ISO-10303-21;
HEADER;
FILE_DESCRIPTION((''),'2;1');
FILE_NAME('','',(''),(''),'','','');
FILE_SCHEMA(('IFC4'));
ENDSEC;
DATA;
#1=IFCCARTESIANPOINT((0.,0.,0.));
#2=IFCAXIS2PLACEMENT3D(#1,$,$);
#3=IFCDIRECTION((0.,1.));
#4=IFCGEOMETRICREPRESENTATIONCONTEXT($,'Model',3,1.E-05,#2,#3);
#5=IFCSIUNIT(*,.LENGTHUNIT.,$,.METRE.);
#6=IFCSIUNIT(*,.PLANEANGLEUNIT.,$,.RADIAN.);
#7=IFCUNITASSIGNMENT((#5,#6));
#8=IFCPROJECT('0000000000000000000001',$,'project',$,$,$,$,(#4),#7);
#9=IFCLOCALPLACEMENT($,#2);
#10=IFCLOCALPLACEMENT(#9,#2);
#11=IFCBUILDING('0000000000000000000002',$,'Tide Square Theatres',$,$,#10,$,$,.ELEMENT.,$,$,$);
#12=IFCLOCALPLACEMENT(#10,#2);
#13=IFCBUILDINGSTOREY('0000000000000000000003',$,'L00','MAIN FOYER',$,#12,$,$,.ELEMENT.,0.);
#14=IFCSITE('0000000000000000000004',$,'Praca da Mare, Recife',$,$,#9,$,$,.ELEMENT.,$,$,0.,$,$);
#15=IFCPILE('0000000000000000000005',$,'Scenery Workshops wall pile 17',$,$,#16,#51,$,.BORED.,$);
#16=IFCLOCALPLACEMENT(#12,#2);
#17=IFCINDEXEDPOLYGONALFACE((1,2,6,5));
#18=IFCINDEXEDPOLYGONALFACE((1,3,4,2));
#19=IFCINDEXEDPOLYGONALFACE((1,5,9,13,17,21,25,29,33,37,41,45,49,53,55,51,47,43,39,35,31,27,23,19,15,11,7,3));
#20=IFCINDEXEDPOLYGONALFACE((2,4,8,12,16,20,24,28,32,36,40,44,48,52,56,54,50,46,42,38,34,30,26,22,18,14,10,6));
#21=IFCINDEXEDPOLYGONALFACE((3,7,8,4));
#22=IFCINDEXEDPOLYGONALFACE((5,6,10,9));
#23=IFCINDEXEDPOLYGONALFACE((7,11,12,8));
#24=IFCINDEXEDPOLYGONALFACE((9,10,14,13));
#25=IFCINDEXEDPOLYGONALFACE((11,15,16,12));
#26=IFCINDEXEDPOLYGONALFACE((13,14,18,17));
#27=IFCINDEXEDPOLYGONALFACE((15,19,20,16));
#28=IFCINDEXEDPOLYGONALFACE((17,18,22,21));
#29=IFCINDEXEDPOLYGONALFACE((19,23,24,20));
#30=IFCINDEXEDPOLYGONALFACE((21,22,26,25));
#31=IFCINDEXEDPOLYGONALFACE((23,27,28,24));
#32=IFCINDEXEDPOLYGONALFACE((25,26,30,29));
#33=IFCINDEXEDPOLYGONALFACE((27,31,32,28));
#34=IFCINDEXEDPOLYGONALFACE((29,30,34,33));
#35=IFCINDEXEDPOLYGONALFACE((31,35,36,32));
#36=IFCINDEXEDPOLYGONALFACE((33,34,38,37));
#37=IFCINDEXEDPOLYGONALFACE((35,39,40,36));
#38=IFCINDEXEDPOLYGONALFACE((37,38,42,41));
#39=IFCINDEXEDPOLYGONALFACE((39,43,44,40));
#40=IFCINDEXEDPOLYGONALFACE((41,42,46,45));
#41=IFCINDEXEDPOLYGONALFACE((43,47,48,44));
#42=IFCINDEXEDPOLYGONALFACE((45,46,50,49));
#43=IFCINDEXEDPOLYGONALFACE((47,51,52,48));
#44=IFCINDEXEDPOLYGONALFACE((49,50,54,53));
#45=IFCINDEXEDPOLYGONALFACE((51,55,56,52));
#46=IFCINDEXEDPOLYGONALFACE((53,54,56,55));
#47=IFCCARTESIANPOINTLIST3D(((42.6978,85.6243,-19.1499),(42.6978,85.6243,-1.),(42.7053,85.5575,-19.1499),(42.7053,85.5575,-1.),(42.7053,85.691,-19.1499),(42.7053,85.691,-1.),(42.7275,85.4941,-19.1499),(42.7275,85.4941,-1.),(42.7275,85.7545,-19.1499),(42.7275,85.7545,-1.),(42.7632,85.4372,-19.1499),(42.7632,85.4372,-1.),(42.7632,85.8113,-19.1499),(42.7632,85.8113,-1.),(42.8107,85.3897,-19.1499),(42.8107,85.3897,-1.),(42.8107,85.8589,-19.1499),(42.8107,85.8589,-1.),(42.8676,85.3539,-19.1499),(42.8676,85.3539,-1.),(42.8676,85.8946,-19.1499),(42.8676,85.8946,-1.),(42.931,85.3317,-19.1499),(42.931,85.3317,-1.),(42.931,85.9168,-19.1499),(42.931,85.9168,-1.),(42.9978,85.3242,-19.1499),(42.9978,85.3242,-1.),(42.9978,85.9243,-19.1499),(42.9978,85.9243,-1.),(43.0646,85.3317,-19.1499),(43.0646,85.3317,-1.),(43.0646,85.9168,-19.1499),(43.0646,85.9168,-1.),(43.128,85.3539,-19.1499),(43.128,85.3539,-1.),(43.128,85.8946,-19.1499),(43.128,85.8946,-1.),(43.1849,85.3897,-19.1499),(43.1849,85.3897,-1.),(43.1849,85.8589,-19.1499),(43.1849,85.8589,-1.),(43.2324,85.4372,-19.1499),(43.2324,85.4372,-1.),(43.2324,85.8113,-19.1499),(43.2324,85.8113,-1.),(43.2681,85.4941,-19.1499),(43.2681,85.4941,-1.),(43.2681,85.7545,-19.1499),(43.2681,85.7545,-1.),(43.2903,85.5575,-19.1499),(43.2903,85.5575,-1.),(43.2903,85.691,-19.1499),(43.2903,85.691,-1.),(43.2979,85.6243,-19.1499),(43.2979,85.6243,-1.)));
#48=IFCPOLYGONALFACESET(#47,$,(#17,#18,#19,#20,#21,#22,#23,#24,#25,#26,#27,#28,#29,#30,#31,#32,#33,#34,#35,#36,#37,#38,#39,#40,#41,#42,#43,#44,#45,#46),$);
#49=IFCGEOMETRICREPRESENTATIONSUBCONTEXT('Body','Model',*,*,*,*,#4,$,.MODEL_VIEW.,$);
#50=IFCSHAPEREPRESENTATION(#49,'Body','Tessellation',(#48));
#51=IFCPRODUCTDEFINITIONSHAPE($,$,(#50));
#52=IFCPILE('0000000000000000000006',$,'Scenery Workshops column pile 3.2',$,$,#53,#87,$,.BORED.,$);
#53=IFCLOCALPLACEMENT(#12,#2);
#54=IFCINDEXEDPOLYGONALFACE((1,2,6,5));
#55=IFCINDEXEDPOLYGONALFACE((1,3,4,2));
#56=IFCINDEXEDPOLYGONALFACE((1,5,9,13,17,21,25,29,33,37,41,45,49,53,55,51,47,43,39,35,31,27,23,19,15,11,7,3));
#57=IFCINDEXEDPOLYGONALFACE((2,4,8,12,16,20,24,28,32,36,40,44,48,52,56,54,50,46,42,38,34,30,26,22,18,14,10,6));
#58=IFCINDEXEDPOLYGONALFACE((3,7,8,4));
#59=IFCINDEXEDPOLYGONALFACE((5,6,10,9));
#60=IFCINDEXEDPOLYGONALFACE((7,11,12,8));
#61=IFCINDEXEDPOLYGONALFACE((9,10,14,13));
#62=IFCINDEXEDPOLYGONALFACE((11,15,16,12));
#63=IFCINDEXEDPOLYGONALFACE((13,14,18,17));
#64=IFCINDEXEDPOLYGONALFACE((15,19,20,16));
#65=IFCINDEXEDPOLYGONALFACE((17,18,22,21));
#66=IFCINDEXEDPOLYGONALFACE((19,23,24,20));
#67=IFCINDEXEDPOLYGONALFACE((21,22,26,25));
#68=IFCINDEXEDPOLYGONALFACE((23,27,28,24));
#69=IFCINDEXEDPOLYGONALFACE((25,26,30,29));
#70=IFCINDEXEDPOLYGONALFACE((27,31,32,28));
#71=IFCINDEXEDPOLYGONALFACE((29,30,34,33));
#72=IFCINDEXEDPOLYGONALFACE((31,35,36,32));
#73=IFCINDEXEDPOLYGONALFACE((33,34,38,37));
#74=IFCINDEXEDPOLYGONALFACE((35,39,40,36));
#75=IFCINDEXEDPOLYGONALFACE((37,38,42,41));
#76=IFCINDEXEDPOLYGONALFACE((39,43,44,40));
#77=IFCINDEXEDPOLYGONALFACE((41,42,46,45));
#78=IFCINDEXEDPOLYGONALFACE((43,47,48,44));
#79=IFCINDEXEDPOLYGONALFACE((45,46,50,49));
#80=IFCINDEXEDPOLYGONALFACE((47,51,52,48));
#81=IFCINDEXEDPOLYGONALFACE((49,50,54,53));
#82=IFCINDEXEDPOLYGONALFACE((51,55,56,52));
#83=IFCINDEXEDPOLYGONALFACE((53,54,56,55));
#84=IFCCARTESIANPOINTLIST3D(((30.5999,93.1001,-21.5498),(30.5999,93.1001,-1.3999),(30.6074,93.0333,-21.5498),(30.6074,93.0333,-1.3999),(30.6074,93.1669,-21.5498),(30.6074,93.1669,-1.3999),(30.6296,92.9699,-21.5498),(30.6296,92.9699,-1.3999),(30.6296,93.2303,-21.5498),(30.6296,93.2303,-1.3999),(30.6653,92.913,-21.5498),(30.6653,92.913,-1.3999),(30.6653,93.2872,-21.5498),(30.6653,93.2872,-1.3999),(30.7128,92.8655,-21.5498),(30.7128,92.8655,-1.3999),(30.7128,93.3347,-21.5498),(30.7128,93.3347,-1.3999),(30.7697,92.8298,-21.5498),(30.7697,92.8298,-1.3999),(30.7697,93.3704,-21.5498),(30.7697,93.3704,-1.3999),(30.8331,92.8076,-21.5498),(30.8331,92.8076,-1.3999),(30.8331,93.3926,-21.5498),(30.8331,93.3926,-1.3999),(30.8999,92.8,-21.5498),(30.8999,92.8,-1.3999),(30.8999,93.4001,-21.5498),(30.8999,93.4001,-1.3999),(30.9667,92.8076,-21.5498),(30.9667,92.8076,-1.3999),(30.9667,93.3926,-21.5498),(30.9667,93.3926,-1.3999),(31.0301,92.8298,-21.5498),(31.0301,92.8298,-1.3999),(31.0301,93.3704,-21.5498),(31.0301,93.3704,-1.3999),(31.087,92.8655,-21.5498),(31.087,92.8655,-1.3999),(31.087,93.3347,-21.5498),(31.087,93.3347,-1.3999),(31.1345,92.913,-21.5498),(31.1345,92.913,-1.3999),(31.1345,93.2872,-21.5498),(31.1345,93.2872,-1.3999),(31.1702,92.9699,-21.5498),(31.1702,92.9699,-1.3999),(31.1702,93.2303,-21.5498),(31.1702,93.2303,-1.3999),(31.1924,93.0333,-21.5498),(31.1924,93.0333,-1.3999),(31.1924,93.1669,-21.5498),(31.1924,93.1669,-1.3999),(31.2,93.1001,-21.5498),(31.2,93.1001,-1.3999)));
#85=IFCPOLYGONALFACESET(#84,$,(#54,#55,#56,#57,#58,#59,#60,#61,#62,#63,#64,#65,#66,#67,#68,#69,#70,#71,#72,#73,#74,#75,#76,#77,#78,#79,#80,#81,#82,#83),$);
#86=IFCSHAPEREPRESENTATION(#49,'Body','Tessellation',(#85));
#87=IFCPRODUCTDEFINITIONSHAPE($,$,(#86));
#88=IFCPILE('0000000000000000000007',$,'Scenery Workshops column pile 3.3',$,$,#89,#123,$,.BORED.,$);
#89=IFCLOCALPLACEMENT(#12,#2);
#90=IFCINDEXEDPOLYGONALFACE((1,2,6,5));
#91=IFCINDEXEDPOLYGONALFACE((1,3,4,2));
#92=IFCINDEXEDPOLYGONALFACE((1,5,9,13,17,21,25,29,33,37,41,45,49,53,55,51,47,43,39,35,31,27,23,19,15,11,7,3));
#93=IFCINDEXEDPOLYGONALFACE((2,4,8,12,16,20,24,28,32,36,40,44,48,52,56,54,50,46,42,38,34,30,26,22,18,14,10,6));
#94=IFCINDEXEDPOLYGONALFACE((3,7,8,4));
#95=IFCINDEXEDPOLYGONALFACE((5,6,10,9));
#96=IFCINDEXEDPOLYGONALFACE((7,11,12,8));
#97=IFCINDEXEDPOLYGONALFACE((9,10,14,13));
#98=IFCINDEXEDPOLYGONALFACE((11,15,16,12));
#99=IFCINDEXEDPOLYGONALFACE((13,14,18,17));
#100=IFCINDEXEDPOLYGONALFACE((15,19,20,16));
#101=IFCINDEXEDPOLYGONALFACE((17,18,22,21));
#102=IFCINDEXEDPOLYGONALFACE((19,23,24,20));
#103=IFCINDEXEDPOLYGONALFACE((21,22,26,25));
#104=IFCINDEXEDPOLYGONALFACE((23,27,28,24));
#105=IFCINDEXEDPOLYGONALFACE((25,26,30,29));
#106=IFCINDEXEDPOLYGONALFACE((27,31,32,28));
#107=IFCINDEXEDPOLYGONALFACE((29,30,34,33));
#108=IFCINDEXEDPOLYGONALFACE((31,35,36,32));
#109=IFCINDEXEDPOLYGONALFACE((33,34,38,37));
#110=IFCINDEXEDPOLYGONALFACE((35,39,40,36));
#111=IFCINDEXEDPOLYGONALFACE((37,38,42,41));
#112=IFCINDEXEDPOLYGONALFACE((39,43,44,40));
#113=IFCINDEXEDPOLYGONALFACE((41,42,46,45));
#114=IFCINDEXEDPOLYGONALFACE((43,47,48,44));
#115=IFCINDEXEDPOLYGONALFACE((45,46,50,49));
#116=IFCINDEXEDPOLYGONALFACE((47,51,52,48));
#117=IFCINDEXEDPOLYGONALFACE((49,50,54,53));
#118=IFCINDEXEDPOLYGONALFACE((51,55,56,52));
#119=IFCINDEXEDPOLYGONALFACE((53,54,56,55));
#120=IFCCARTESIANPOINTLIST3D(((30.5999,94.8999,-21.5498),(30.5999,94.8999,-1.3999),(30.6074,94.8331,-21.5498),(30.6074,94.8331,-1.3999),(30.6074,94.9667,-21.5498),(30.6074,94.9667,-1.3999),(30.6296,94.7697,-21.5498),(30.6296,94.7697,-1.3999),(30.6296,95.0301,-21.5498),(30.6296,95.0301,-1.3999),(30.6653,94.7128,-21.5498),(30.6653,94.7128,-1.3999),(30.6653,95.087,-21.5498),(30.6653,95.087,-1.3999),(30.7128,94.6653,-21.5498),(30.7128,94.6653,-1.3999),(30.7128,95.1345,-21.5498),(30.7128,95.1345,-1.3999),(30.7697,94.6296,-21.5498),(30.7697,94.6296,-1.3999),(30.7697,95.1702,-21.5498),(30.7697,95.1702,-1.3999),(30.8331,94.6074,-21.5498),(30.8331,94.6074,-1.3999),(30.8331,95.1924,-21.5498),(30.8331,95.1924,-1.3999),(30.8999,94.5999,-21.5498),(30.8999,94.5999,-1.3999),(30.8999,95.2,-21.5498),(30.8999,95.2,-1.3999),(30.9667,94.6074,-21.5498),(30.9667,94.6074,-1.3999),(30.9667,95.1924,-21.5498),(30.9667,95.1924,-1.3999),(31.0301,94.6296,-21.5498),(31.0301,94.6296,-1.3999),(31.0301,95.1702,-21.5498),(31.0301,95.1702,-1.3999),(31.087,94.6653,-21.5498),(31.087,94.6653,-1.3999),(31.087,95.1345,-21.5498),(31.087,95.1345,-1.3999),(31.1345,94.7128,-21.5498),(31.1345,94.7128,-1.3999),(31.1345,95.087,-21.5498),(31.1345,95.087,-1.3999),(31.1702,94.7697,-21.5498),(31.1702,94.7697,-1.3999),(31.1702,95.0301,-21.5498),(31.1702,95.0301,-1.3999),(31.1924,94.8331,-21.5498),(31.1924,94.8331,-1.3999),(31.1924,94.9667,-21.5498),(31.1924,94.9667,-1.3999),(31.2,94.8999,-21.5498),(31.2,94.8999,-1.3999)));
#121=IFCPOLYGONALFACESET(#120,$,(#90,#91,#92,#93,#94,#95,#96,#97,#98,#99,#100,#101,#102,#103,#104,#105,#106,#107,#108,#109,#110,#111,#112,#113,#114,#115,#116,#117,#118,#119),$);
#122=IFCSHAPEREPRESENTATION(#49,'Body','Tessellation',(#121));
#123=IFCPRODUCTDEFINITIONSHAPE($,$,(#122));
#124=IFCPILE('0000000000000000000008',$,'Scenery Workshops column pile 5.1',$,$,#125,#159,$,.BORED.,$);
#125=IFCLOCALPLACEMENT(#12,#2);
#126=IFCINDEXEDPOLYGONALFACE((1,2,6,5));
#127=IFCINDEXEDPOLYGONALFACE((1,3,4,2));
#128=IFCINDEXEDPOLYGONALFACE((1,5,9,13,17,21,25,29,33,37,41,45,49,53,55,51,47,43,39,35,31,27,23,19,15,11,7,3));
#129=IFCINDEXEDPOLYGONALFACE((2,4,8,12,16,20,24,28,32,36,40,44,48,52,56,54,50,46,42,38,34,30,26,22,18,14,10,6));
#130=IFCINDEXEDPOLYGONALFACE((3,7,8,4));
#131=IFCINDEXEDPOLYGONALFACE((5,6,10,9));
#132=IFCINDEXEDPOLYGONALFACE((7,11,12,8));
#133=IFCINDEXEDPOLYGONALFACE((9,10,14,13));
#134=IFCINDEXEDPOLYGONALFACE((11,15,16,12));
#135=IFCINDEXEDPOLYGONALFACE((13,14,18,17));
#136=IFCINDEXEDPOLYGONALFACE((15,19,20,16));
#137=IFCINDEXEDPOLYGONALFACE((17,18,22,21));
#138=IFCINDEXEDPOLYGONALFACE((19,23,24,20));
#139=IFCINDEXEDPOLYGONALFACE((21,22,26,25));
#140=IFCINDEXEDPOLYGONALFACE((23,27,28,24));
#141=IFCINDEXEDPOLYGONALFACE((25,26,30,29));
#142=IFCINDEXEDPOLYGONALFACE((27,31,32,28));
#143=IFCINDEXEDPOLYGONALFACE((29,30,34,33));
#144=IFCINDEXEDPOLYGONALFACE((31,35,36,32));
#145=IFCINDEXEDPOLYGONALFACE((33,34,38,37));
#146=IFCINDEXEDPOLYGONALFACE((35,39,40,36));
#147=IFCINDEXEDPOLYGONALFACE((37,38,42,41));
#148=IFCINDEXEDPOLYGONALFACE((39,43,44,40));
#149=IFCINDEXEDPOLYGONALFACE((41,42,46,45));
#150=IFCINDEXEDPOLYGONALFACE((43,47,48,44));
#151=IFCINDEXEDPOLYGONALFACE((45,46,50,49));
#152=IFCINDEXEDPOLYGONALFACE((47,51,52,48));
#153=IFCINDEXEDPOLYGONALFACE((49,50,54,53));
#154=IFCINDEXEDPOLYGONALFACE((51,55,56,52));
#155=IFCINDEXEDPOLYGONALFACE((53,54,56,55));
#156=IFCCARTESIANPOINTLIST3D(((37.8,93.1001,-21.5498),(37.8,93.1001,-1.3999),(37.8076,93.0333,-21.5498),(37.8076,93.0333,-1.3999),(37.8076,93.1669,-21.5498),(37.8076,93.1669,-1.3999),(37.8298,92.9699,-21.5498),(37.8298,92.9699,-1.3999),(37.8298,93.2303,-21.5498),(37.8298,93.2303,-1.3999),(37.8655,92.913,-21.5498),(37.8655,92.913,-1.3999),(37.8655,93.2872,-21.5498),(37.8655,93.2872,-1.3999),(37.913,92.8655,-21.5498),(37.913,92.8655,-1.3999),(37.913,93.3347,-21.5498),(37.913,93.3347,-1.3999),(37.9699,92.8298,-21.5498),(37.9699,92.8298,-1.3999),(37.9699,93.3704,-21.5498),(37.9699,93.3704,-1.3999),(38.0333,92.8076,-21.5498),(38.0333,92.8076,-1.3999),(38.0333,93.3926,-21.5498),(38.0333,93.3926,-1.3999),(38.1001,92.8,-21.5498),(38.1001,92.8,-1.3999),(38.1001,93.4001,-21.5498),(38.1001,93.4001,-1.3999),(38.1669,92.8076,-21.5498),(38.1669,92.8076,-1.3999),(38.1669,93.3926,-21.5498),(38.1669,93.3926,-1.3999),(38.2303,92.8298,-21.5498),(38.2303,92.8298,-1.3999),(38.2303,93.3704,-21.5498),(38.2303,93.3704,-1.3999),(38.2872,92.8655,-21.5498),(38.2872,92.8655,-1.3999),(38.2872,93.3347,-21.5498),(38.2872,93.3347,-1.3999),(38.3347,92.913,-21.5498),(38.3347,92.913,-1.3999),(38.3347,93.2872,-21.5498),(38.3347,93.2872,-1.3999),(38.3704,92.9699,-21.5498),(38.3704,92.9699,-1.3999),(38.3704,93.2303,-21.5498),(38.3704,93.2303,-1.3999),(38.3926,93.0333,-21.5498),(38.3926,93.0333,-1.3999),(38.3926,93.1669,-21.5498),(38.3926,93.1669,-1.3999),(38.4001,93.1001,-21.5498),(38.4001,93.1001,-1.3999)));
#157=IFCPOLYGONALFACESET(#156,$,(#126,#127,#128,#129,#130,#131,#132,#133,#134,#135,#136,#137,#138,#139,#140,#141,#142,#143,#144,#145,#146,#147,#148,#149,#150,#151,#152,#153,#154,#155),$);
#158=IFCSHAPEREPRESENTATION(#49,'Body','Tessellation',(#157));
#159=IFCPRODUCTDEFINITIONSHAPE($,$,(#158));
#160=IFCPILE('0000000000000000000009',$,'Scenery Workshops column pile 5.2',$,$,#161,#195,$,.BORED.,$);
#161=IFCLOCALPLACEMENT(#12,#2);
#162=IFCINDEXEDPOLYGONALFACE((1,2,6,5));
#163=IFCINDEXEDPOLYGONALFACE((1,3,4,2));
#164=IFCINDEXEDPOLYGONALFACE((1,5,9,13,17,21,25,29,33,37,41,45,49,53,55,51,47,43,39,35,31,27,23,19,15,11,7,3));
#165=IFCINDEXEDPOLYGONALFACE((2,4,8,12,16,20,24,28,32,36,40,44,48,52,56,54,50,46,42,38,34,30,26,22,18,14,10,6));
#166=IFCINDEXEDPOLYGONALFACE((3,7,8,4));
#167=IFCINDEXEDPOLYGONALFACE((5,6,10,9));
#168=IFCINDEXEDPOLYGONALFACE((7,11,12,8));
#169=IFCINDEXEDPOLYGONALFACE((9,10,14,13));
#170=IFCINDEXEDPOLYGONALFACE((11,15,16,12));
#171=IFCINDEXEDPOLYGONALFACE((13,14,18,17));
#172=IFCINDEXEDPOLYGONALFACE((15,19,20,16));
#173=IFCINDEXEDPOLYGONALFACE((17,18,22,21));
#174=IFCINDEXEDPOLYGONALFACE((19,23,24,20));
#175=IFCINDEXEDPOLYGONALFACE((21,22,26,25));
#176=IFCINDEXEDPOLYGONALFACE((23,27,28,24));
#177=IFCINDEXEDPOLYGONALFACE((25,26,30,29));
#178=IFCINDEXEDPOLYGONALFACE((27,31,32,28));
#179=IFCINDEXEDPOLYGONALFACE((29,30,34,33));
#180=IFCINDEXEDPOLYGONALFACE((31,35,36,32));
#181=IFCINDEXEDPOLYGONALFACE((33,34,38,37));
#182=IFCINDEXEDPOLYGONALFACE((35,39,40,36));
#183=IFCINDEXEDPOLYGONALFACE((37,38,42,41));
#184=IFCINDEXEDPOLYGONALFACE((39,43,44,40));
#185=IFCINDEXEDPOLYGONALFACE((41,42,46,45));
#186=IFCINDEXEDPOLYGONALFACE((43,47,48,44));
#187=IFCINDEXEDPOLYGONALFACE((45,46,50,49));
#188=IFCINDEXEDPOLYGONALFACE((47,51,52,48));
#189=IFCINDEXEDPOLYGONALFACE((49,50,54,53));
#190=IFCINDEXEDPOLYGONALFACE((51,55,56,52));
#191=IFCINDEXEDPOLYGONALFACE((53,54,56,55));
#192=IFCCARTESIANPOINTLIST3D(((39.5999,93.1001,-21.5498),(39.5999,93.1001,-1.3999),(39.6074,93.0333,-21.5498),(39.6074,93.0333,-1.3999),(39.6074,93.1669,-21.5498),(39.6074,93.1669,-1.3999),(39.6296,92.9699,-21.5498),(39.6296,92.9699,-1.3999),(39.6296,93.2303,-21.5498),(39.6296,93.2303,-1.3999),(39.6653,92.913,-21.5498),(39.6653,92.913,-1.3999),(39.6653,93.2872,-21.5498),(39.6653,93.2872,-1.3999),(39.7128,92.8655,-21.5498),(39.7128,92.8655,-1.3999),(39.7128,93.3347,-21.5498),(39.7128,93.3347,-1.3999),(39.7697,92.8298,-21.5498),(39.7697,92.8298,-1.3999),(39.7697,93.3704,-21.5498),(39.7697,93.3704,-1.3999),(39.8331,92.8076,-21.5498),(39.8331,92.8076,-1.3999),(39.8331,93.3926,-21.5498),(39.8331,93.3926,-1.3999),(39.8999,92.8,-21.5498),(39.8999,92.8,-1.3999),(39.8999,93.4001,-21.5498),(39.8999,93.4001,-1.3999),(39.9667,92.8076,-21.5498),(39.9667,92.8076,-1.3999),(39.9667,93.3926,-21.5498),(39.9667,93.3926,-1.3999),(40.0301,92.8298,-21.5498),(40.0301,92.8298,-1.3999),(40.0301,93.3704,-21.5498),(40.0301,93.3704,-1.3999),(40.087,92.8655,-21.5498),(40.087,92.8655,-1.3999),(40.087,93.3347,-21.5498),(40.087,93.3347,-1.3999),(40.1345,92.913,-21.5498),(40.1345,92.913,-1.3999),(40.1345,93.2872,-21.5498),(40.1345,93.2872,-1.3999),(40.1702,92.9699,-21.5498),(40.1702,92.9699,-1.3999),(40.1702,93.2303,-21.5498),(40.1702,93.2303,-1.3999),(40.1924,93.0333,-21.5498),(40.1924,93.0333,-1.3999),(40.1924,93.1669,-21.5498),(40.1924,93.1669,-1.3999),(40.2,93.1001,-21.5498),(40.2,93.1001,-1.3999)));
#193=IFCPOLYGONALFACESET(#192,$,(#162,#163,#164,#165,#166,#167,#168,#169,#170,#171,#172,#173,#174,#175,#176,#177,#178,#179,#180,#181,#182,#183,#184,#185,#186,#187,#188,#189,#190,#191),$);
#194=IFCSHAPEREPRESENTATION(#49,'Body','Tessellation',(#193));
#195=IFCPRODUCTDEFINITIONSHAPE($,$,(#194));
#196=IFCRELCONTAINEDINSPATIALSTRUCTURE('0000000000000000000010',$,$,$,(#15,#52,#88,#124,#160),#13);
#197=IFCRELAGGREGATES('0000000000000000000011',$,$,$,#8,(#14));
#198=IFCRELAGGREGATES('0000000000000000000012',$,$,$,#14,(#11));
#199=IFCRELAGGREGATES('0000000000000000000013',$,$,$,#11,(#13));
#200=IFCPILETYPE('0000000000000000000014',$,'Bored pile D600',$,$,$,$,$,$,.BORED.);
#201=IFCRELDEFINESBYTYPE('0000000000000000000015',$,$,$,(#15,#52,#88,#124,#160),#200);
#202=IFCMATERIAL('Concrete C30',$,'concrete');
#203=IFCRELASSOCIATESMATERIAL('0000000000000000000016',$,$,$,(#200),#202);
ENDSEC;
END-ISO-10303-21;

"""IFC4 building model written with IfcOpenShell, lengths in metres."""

from ifc_helpers import new_model, si_unit, direction, frame, origin, origin_2d, place, context, subcontext, project, spatial, circle, extrude, material, material_profile, profile_set, type_object, element, save


model = new_model("IFC4")

# Units and contexts
model_context = context("Model", 3, precision=1e-05, world=origin(), true_north=direction((0.0, 1.0)))
body_context = subcontext(model_context, "Body", "Model", "MODEL_VIEW")
ifc_project = project(units=[si_unit("LENGTHUNIT", "METRE"), si_unit("PLANEANGLEUNIT", "RADIAN")], contexts=[model_context])

# Site, building, storey
site_placement = place(None, origin())
site = spatial("IfcSite", under=ifc_project, at=site_placement, Name="Praca da Mare, Recife", CompositionType="ELEMENT", RefElevation=0.0)
building_placement = place(site_placement, origin())
building = spatial("IfcBuilding", under=site, at=building_placement, Name="Tide Square Theatres", CompositionType="ELEMENT")
storey_placement = place(building_placement, origin())
storey = spatial("IfcBuildingStorey", under=building, at=storey_placement, Name="L00", Description="MAIN FOYER", CompositionType="ELEMENT", Elevation=0.0)

# Piles
ifc_material_1 = material(Name="Concrete C30", Category="concrete")
ifc_material_profile_1 = material_profile(ifc_material_1, circle(Radius=0.3, at=origin_2d()))
ifc_profile_set_1 = profile_set([ifc_material_profile_1], Name="Concrete C30")
pile_type = type_object("IfcPileType", Name="Bored pile D600", PredefinedType="BORED", material=ifc_profile_set_1)
for number, where, z_axis, x_axis, name in (
    (1, (42.9978, 85.6243, -1.0), (0.0, 0.0, -1.0), (1.0, 0.0, 0.0), "Scenery Workshops wall pile 17"),
):
    element("IfcPile", number, at=place(storey_placement, frame(where, z_axis=z_axis, x_axis=x_axis)), inside=storey, type_object=pile_type, Name=name, PredefinedType="BORED", context=body_context, shape_type="SweptSolid", body=[
        extrude(circle(Radius=0.3, at=origin_2d()), origin(), (0.0, 0.0, 1.0), 18.1499),
    ])
for number, where, z_axis, x_axis, name in (
    (2, (30.8999, 93.1001, -1.3999), (0.0, 0.0, -1.0), (1.0, 0.0, 0.0), "Scenery Workshops column pile 3.2"),
    (3, (30.8999, 94.8999, -1.3999), (0.0, 0.0, -1.0), (1.0, 0.0, 0.0), "Scenery Workshops column pile 3.3"),
    (4, (38.1001, 93.1001, -1.3999), (0.0, 0.0, -1.0), (1.0, 0.0, 0.0), "Scenery Workshops column pile 5.1"),
    (5, (39.8999, 93.1001, -1.3999), (0.0, 0.0, -1.0), (1.0, 0.0, 0.0), "Scenery Workshops column pile 5.2"),
):
    element("IfcPile", number, at=place(storey_placement, frame(where, z_axis=z_axis, x_axis=x_axis)), inside=storey, type_object=pile_type, Name=name, PredefinedType="BORED", context=body_context, shape_type="SweptSolid", body=[
        extrude(circle(Radius=0.3, at=origin_2d()), origin(), (0.0, 0.0, 1.0), 20.1499),
    ])

save(model, "model.ifc")
